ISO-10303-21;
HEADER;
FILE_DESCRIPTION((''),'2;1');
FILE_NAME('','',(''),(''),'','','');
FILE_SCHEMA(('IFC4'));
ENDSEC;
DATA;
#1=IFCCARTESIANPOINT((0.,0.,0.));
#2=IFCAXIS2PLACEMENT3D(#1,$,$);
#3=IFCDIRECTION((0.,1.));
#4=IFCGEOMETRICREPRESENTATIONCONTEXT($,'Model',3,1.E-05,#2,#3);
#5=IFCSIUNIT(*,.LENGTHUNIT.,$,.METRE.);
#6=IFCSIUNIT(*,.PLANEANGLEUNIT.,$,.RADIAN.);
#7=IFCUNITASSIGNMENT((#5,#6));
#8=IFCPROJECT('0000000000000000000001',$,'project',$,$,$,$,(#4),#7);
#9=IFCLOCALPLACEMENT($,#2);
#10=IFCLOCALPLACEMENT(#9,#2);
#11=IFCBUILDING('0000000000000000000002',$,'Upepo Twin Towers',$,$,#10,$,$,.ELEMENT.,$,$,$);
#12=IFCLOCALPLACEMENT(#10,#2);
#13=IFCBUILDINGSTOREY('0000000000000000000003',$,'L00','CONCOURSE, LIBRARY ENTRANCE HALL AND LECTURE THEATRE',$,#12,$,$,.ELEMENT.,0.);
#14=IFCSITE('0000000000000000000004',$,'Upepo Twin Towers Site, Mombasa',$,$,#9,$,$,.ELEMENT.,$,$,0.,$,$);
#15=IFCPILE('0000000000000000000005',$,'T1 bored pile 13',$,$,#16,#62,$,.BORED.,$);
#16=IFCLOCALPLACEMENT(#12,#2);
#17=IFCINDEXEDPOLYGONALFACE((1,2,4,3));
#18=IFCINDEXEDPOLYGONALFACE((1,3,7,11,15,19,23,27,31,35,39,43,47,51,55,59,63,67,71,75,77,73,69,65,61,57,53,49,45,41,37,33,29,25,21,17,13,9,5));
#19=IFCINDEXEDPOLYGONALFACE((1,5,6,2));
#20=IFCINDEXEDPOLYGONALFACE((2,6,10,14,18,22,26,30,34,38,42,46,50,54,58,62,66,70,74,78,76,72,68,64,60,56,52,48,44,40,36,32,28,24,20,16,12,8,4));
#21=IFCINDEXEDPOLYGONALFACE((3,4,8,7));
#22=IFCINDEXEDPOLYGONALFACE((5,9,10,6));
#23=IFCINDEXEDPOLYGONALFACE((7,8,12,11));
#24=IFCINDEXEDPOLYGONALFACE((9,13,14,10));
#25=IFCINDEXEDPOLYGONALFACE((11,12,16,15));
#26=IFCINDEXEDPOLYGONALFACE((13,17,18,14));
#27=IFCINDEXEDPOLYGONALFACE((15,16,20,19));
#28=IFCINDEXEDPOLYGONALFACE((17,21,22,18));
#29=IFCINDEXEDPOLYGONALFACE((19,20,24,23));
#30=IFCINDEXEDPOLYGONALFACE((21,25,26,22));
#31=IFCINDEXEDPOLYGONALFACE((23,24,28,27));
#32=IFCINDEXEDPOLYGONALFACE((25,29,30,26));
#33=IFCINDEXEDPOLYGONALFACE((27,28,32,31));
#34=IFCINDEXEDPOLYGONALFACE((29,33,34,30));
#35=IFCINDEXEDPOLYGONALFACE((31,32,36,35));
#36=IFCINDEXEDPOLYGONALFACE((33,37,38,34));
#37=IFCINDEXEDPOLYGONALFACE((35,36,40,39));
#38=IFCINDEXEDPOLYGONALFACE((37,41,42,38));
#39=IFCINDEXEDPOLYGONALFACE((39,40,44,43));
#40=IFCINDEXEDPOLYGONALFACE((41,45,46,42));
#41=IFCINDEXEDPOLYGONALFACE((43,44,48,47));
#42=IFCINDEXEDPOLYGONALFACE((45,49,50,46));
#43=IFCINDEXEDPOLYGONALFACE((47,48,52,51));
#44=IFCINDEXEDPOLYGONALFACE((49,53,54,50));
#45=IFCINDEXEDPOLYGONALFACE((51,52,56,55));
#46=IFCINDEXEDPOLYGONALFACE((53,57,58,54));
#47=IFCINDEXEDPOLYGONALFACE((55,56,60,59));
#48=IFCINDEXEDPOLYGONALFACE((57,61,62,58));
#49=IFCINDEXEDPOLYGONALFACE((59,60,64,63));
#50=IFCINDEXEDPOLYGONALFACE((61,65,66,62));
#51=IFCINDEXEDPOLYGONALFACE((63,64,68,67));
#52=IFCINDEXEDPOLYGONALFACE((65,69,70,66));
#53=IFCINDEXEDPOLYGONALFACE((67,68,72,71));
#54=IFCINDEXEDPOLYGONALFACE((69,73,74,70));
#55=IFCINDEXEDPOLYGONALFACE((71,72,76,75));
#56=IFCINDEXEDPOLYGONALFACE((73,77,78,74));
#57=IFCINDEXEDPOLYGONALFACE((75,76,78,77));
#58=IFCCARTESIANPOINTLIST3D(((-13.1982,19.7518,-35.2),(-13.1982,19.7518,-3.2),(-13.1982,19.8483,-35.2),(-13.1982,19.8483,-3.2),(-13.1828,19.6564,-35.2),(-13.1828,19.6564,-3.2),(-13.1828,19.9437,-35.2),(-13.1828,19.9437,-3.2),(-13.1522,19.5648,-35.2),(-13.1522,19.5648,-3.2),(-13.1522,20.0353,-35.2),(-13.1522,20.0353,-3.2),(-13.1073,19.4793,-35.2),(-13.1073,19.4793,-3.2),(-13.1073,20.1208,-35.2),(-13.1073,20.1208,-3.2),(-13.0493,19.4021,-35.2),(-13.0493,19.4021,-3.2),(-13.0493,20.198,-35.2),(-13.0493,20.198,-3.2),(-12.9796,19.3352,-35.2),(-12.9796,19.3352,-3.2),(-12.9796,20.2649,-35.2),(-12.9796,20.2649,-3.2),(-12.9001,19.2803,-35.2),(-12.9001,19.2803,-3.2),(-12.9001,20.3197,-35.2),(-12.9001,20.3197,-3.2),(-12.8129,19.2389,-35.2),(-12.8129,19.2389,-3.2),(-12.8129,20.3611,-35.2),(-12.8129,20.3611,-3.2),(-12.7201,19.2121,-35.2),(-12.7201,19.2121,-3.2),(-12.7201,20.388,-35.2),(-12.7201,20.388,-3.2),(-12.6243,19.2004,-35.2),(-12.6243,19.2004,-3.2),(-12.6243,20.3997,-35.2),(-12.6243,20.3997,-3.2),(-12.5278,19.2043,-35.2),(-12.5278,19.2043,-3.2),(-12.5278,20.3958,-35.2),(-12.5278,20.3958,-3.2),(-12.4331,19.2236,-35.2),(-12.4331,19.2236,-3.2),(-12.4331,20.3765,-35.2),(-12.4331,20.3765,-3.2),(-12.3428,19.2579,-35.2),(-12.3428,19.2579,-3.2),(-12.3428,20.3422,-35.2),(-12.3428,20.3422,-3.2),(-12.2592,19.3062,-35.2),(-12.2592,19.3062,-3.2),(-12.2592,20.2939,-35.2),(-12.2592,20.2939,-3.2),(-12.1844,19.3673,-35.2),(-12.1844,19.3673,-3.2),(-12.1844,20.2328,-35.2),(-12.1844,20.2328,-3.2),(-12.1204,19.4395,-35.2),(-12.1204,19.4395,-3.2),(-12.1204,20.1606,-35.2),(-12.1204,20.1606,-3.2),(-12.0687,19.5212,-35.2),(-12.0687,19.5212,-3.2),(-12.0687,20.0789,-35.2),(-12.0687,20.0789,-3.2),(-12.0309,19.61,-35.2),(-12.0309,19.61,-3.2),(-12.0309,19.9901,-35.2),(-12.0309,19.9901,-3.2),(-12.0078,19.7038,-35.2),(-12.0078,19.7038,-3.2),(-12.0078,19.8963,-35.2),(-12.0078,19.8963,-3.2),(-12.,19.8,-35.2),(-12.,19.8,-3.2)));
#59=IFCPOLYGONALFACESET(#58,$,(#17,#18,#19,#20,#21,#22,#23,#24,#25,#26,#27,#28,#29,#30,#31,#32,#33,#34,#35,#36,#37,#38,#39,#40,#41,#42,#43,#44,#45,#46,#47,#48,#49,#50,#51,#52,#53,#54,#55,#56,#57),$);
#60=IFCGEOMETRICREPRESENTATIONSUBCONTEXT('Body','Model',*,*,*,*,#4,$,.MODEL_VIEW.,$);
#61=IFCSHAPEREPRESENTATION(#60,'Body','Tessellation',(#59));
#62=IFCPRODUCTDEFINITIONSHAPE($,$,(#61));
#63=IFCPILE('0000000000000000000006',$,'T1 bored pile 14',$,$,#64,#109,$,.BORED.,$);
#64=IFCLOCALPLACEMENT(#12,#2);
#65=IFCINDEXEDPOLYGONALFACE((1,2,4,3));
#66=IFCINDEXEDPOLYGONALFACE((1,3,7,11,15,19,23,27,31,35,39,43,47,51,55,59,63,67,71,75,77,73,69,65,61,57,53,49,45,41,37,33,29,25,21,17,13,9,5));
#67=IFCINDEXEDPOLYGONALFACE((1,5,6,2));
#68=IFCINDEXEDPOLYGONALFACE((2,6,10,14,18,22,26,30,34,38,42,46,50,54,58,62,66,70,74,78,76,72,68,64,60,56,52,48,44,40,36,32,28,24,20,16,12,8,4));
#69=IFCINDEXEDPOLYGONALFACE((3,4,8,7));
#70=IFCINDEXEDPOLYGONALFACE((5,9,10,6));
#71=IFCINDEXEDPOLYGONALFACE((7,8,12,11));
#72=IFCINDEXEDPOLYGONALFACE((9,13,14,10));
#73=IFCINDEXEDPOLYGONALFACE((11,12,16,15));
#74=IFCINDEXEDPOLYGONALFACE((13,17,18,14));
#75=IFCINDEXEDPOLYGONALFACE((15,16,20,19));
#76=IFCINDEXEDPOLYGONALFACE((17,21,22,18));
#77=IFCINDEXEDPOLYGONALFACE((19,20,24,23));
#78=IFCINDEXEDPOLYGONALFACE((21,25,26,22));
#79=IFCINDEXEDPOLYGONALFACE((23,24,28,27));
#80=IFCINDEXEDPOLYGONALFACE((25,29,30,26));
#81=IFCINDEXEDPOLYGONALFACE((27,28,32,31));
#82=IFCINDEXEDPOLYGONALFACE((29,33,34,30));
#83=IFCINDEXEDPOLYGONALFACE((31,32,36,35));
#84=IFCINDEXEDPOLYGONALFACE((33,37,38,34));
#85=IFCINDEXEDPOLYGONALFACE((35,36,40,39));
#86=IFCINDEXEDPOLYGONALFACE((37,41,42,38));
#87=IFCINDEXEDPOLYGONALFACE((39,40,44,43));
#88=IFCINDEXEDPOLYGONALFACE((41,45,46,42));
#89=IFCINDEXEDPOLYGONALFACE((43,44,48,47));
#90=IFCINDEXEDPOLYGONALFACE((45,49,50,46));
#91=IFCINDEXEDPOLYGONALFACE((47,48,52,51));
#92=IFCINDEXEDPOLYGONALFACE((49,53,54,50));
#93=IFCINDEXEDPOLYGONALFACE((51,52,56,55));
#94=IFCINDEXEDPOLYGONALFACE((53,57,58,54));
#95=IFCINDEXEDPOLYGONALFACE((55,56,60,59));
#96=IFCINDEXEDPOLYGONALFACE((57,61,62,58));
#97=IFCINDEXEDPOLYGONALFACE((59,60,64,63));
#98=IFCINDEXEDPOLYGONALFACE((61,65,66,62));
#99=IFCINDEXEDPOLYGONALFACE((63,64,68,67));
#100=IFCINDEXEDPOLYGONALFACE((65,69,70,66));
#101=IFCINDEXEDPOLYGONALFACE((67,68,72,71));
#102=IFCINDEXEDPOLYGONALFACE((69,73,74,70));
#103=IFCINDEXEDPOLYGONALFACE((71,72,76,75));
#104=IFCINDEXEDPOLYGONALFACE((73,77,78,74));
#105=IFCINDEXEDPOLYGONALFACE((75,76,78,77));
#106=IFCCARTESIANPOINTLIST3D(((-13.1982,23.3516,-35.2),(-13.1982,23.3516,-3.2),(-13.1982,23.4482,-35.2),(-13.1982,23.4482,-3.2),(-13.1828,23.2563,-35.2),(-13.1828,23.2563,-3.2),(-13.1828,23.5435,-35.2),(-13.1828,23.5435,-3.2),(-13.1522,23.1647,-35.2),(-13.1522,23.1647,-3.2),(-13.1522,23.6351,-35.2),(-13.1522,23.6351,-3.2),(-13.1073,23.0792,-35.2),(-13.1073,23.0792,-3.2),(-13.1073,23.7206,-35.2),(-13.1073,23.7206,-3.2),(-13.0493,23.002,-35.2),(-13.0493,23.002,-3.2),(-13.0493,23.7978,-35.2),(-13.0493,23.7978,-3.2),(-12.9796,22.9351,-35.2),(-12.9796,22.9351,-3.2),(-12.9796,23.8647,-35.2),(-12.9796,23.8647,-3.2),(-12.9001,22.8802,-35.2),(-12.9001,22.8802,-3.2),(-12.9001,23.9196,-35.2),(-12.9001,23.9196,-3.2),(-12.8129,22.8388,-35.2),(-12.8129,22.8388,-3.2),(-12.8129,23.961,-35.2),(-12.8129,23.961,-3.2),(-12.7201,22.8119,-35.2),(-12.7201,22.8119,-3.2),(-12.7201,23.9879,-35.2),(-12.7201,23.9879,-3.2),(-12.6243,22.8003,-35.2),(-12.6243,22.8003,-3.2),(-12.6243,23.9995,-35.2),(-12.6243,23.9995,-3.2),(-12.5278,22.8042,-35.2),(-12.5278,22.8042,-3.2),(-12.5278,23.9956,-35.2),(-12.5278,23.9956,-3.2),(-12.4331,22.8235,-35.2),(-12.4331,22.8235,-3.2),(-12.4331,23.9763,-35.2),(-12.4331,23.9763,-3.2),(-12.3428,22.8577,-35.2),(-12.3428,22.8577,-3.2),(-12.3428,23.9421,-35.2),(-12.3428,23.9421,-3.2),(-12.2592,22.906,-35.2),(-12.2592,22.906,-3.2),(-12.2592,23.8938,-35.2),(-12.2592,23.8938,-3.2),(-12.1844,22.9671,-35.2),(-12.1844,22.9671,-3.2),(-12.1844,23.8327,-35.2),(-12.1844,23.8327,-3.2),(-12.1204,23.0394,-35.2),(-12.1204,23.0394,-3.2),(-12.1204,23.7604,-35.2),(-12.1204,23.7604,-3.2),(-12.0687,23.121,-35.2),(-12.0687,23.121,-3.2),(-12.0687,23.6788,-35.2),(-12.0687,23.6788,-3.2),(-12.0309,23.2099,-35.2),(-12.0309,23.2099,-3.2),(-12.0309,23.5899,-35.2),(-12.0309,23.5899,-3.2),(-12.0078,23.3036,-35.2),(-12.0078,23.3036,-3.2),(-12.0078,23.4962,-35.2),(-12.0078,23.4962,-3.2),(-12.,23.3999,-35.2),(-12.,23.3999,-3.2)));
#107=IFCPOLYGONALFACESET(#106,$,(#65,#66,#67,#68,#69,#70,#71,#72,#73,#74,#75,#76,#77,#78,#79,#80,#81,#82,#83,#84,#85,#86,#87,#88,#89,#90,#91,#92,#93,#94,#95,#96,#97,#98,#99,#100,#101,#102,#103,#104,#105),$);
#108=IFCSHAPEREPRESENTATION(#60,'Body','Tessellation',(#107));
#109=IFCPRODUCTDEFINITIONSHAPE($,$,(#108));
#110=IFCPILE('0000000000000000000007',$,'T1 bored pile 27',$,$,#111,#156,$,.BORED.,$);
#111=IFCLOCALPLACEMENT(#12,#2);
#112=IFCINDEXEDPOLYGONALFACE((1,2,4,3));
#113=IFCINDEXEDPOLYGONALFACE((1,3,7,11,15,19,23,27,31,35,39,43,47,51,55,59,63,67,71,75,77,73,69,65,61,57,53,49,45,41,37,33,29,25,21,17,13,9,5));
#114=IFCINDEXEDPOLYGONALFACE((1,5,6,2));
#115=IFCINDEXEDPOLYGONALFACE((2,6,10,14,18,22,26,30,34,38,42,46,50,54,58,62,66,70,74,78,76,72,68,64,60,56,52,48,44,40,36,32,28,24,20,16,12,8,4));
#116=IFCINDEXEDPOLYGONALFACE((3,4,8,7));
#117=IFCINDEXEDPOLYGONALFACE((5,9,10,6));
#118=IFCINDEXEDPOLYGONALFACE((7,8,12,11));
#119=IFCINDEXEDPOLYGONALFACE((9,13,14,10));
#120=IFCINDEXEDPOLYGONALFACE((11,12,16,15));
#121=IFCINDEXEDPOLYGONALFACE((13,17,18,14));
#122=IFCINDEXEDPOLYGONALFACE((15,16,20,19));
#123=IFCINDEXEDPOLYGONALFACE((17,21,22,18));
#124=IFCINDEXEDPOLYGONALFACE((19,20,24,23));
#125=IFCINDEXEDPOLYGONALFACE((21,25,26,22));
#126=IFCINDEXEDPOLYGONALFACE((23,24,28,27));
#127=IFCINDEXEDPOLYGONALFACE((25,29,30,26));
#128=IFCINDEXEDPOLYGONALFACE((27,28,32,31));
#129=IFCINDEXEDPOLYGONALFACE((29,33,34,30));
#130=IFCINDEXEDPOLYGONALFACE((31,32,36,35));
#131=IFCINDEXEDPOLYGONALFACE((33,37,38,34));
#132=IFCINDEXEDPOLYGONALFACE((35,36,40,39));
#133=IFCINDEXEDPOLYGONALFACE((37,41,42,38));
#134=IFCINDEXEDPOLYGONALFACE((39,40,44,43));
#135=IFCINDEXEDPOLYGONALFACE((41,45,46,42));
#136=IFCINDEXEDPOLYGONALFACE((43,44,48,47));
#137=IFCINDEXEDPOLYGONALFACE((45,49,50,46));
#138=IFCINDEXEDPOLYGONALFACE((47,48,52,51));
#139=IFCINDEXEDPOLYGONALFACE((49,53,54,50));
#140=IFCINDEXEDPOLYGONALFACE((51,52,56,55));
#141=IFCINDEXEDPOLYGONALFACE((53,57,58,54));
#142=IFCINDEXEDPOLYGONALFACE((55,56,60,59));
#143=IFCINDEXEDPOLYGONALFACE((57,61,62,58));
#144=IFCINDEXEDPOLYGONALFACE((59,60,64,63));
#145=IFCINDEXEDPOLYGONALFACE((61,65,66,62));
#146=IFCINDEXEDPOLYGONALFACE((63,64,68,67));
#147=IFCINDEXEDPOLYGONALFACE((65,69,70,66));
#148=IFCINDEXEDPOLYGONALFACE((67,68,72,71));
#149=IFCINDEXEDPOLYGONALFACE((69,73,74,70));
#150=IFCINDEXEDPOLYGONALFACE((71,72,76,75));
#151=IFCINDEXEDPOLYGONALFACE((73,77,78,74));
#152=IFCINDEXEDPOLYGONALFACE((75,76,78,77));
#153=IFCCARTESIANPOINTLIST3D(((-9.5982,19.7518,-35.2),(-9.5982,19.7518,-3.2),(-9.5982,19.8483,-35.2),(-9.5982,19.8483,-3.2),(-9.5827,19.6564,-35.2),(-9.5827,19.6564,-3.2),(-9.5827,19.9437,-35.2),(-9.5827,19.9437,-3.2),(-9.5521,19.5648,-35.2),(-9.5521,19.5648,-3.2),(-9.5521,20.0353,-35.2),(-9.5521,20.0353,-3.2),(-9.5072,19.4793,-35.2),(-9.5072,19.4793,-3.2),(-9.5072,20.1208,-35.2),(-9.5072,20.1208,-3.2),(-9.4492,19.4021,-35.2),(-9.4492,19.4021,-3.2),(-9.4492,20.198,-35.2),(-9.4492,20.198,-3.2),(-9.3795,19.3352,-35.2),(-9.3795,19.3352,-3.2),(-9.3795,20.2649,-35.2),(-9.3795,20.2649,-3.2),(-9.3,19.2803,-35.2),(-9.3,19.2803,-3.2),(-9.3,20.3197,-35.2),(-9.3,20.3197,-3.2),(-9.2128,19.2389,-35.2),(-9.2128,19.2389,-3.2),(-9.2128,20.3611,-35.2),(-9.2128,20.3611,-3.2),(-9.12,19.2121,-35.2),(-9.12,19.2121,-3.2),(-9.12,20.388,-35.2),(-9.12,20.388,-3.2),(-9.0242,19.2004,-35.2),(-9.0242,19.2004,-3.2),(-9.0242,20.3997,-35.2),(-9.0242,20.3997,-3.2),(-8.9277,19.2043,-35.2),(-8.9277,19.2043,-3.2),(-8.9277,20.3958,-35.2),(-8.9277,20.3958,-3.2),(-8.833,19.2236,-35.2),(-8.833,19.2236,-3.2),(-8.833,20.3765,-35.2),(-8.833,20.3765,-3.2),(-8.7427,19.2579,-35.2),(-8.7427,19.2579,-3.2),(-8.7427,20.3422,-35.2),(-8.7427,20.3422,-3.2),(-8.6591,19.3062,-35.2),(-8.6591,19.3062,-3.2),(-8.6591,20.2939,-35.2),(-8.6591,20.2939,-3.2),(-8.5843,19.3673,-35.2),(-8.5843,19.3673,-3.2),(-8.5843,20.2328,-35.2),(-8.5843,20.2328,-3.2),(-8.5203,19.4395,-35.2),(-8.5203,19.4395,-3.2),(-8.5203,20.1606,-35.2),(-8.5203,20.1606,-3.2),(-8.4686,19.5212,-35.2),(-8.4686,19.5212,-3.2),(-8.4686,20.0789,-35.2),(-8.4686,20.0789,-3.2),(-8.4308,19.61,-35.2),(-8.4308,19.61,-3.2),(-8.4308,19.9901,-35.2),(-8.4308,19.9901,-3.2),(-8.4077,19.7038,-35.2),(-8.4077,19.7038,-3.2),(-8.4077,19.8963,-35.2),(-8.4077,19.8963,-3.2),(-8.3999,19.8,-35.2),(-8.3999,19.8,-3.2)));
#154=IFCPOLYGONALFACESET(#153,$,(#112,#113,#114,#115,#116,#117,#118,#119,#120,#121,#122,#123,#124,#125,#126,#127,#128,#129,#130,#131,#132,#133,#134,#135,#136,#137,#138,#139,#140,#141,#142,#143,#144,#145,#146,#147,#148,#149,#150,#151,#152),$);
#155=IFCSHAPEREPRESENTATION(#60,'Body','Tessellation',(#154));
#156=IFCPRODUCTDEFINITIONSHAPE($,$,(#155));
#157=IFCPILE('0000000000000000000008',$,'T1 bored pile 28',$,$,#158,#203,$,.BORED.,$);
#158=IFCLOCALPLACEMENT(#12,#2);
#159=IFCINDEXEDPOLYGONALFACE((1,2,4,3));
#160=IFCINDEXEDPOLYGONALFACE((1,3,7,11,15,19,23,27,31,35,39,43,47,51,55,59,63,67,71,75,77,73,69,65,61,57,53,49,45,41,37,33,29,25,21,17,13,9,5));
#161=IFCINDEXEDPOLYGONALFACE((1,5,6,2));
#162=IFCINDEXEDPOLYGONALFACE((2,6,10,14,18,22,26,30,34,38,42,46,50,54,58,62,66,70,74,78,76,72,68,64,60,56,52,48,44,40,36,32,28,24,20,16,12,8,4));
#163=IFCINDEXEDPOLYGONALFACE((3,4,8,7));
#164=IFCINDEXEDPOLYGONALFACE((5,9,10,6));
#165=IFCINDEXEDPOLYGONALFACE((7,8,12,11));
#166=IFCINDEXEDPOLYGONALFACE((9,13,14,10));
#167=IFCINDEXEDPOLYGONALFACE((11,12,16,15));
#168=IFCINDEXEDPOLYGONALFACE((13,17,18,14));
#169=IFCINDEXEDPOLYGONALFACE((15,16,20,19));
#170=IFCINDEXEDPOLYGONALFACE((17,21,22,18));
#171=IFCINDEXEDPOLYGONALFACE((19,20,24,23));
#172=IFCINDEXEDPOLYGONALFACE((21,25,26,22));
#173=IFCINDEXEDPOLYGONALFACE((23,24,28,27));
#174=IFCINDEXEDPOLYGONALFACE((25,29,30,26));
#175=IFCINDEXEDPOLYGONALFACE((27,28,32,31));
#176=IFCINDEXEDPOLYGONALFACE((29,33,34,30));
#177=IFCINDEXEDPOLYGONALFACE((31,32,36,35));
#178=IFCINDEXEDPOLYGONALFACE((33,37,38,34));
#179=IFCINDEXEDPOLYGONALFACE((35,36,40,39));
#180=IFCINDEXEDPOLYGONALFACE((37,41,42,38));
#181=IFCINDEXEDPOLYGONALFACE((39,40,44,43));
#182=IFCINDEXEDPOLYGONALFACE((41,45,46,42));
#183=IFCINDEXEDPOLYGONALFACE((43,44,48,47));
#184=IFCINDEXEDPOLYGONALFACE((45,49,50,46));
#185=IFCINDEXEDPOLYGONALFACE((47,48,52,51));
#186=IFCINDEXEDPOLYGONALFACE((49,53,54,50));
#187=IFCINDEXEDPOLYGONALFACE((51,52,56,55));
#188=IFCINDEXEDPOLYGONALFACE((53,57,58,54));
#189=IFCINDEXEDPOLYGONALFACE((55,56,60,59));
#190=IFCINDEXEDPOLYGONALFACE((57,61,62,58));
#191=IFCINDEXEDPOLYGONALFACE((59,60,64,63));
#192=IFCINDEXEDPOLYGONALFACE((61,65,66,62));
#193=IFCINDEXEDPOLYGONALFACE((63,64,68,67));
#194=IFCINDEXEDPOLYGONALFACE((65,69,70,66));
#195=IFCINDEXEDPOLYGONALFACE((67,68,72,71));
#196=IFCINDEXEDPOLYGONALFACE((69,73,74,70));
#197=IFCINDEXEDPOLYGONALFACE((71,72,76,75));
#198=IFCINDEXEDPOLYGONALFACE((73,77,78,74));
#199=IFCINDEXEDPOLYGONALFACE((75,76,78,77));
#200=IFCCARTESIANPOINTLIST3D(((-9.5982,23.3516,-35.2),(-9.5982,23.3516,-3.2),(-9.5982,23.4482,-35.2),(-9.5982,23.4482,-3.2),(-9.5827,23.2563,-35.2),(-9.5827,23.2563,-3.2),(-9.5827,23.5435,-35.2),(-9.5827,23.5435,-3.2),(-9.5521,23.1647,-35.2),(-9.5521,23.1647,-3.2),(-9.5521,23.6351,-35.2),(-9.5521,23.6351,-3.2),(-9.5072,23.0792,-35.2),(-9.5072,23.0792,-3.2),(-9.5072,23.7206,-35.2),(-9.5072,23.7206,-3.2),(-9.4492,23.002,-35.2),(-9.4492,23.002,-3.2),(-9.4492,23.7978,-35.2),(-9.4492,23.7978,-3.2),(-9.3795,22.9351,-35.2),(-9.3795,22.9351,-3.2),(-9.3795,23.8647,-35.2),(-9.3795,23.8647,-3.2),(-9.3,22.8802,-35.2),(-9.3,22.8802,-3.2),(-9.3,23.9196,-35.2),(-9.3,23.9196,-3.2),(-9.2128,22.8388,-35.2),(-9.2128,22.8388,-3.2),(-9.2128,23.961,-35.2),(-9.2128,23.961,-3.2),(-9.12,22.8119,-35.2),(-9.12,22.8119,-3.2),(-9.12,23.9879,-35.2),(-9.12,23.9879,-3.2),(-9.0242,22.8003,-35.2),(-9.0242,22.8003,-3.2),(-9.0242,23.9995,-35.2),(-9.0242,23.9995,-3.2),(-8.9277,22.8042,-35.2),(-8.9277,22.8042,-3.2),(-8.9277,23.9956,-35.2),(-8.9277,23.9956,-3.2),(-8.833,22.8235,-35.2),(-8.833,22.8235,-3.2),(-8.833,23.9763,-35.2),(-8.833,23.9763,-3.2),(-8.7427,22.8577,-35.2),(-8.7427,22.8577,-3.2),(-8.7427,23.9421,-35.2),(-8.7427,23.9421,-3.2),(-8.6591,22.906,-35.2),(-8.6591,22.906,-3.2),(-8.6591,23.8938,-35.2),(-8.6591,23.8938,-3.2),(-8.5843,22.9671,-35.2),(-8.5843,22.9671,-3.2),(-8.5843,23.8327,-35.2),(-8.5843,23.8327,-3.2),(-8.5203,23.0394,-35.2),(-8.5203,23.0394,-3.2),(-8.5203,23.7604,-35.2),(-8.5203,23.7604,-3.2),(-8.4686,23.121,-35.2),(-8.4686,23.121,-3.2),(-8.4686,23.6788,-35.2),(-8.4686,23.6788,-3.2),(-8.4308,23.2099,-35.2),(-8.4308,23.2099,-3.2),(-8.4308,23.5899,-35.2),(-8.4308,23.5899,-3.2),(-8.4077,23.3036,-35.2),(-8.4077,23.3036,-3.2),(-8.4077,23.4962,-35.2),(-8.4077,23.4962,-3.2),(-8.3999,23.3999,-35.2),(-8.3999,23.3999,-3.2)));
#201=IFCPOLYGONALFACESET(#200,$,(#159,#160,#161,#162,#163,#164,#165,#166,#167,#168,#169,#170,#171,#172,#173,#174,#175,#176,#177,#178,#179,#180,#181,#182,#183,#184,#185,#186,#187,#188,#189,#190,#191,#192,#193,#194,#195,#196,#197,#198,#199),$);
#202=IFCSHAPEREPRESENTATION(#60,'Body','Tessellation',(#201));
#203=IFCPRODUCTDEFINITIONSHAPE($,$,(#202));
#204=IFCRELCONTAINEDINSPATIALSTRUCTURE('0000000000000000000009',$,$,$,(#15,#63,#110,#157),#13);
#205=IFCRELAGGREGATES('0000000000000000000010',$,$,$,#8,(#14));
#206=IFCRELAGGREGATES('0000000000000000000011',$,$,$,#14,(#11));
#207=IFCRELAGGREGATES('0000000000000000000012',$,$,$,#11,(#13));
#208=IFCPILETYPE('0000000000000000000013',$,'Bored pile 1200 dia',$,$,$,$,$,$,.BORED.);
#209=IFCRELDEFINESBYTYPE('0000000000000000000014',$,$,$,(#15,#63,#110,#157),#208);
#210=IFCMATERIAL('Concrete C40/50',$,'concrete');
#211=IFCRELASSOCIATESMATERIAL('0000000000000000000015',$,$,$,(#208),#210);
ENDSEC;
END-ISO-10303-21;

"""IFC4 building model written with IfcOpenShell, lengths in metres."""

from ifc_helpers import new_model, si_unit, direction, frame, origin, origin_2d, place, context, subcontext, project, spatial, circle, extrude, material, type_object, element, save


model = new_model("IFC4")

# Units and contexts
model_context = context("Model", 3, precision=1e-05, world=origin(), true_north=direction((0.0, 1.0)))
body_context = subcontext(model_context, "Body", "Model", "MODEL_VIEW")
ifc_project = project(units=[si_unit("LENGTHUNIT", "METRE"), si_unit("PLANEANGLEUNIT", "RADIAN")], contexts=[model_context])

# Site, building, storey
site_placement = place(None, origin())
site = spatial("IfcSite", under=ifc_project, at=site_placement, Name="Upepo Twin Towers Site, Mombasa", CompositionType="ELEMENT", RefElevation=0.0)
building_placement = place(site_placement, origin())
building = spatial("IfcBuilding", under=site, at=building_placement, Name="Upepo Twin Towers", CompositionType="ELEMENT")
storey_placement = place(building_placement, origin())
storey = spatial("IfcBuildingStorey", under=building, at=storey_placement, Name="L00", Description="CONCOURSE, LIBRARY ENTRANCE HALL AND LECTURE THEATRE", CompositionType="ELEMENT", Elevation=0.0)

# Piles
ifc_material_1 = material(Name="Concrete C40/50", Category="concrete")
pile_type = type_object("IfcPileType", Name="Bored pile 1200 dia", PredefinedType="BORED", material=ifc_material_1)
for number, where, z_axis, x_axis, name in (
    (1, (-12.6001, 19.8, -3.2), (0.0, 0.0, -1.0), (1.0, 0.0, 0.0), "T1 bored pile 13"),
    (2, (-12.6001, 23.3999, -3.2), (0.0, 0.0, -1.0), (1.0, 0.0, 0.0), "T1 bored pile 14"),
    (3, (-9.0, 19.8, -3.2), (0.0, 0.0, -1.0), (1.0, 0.0, 0.0), "T1 bored pile 27"),
    (4, (-9.0, 23.3999, -3.2), (0.0, 0.0, -1.0), (1.0, 0.0, 0.0), "T1 bored pile 28"),
):
    element("IfcPile", number, at=place(storey_placement, frame(where, z_axis=z_axis, x_axis=x_axis)), inside=storey, type_object=pile_type, Name=name, PredefinedType="BORED", context=body_context, shape_type="SweptSolid", body=[
        extrude(circle(Radius=0.6001, at=origin_2d()), origin(), (0.0, 0.0, 1.0), 32.0),
    ])

save(model, "model.ifc")
